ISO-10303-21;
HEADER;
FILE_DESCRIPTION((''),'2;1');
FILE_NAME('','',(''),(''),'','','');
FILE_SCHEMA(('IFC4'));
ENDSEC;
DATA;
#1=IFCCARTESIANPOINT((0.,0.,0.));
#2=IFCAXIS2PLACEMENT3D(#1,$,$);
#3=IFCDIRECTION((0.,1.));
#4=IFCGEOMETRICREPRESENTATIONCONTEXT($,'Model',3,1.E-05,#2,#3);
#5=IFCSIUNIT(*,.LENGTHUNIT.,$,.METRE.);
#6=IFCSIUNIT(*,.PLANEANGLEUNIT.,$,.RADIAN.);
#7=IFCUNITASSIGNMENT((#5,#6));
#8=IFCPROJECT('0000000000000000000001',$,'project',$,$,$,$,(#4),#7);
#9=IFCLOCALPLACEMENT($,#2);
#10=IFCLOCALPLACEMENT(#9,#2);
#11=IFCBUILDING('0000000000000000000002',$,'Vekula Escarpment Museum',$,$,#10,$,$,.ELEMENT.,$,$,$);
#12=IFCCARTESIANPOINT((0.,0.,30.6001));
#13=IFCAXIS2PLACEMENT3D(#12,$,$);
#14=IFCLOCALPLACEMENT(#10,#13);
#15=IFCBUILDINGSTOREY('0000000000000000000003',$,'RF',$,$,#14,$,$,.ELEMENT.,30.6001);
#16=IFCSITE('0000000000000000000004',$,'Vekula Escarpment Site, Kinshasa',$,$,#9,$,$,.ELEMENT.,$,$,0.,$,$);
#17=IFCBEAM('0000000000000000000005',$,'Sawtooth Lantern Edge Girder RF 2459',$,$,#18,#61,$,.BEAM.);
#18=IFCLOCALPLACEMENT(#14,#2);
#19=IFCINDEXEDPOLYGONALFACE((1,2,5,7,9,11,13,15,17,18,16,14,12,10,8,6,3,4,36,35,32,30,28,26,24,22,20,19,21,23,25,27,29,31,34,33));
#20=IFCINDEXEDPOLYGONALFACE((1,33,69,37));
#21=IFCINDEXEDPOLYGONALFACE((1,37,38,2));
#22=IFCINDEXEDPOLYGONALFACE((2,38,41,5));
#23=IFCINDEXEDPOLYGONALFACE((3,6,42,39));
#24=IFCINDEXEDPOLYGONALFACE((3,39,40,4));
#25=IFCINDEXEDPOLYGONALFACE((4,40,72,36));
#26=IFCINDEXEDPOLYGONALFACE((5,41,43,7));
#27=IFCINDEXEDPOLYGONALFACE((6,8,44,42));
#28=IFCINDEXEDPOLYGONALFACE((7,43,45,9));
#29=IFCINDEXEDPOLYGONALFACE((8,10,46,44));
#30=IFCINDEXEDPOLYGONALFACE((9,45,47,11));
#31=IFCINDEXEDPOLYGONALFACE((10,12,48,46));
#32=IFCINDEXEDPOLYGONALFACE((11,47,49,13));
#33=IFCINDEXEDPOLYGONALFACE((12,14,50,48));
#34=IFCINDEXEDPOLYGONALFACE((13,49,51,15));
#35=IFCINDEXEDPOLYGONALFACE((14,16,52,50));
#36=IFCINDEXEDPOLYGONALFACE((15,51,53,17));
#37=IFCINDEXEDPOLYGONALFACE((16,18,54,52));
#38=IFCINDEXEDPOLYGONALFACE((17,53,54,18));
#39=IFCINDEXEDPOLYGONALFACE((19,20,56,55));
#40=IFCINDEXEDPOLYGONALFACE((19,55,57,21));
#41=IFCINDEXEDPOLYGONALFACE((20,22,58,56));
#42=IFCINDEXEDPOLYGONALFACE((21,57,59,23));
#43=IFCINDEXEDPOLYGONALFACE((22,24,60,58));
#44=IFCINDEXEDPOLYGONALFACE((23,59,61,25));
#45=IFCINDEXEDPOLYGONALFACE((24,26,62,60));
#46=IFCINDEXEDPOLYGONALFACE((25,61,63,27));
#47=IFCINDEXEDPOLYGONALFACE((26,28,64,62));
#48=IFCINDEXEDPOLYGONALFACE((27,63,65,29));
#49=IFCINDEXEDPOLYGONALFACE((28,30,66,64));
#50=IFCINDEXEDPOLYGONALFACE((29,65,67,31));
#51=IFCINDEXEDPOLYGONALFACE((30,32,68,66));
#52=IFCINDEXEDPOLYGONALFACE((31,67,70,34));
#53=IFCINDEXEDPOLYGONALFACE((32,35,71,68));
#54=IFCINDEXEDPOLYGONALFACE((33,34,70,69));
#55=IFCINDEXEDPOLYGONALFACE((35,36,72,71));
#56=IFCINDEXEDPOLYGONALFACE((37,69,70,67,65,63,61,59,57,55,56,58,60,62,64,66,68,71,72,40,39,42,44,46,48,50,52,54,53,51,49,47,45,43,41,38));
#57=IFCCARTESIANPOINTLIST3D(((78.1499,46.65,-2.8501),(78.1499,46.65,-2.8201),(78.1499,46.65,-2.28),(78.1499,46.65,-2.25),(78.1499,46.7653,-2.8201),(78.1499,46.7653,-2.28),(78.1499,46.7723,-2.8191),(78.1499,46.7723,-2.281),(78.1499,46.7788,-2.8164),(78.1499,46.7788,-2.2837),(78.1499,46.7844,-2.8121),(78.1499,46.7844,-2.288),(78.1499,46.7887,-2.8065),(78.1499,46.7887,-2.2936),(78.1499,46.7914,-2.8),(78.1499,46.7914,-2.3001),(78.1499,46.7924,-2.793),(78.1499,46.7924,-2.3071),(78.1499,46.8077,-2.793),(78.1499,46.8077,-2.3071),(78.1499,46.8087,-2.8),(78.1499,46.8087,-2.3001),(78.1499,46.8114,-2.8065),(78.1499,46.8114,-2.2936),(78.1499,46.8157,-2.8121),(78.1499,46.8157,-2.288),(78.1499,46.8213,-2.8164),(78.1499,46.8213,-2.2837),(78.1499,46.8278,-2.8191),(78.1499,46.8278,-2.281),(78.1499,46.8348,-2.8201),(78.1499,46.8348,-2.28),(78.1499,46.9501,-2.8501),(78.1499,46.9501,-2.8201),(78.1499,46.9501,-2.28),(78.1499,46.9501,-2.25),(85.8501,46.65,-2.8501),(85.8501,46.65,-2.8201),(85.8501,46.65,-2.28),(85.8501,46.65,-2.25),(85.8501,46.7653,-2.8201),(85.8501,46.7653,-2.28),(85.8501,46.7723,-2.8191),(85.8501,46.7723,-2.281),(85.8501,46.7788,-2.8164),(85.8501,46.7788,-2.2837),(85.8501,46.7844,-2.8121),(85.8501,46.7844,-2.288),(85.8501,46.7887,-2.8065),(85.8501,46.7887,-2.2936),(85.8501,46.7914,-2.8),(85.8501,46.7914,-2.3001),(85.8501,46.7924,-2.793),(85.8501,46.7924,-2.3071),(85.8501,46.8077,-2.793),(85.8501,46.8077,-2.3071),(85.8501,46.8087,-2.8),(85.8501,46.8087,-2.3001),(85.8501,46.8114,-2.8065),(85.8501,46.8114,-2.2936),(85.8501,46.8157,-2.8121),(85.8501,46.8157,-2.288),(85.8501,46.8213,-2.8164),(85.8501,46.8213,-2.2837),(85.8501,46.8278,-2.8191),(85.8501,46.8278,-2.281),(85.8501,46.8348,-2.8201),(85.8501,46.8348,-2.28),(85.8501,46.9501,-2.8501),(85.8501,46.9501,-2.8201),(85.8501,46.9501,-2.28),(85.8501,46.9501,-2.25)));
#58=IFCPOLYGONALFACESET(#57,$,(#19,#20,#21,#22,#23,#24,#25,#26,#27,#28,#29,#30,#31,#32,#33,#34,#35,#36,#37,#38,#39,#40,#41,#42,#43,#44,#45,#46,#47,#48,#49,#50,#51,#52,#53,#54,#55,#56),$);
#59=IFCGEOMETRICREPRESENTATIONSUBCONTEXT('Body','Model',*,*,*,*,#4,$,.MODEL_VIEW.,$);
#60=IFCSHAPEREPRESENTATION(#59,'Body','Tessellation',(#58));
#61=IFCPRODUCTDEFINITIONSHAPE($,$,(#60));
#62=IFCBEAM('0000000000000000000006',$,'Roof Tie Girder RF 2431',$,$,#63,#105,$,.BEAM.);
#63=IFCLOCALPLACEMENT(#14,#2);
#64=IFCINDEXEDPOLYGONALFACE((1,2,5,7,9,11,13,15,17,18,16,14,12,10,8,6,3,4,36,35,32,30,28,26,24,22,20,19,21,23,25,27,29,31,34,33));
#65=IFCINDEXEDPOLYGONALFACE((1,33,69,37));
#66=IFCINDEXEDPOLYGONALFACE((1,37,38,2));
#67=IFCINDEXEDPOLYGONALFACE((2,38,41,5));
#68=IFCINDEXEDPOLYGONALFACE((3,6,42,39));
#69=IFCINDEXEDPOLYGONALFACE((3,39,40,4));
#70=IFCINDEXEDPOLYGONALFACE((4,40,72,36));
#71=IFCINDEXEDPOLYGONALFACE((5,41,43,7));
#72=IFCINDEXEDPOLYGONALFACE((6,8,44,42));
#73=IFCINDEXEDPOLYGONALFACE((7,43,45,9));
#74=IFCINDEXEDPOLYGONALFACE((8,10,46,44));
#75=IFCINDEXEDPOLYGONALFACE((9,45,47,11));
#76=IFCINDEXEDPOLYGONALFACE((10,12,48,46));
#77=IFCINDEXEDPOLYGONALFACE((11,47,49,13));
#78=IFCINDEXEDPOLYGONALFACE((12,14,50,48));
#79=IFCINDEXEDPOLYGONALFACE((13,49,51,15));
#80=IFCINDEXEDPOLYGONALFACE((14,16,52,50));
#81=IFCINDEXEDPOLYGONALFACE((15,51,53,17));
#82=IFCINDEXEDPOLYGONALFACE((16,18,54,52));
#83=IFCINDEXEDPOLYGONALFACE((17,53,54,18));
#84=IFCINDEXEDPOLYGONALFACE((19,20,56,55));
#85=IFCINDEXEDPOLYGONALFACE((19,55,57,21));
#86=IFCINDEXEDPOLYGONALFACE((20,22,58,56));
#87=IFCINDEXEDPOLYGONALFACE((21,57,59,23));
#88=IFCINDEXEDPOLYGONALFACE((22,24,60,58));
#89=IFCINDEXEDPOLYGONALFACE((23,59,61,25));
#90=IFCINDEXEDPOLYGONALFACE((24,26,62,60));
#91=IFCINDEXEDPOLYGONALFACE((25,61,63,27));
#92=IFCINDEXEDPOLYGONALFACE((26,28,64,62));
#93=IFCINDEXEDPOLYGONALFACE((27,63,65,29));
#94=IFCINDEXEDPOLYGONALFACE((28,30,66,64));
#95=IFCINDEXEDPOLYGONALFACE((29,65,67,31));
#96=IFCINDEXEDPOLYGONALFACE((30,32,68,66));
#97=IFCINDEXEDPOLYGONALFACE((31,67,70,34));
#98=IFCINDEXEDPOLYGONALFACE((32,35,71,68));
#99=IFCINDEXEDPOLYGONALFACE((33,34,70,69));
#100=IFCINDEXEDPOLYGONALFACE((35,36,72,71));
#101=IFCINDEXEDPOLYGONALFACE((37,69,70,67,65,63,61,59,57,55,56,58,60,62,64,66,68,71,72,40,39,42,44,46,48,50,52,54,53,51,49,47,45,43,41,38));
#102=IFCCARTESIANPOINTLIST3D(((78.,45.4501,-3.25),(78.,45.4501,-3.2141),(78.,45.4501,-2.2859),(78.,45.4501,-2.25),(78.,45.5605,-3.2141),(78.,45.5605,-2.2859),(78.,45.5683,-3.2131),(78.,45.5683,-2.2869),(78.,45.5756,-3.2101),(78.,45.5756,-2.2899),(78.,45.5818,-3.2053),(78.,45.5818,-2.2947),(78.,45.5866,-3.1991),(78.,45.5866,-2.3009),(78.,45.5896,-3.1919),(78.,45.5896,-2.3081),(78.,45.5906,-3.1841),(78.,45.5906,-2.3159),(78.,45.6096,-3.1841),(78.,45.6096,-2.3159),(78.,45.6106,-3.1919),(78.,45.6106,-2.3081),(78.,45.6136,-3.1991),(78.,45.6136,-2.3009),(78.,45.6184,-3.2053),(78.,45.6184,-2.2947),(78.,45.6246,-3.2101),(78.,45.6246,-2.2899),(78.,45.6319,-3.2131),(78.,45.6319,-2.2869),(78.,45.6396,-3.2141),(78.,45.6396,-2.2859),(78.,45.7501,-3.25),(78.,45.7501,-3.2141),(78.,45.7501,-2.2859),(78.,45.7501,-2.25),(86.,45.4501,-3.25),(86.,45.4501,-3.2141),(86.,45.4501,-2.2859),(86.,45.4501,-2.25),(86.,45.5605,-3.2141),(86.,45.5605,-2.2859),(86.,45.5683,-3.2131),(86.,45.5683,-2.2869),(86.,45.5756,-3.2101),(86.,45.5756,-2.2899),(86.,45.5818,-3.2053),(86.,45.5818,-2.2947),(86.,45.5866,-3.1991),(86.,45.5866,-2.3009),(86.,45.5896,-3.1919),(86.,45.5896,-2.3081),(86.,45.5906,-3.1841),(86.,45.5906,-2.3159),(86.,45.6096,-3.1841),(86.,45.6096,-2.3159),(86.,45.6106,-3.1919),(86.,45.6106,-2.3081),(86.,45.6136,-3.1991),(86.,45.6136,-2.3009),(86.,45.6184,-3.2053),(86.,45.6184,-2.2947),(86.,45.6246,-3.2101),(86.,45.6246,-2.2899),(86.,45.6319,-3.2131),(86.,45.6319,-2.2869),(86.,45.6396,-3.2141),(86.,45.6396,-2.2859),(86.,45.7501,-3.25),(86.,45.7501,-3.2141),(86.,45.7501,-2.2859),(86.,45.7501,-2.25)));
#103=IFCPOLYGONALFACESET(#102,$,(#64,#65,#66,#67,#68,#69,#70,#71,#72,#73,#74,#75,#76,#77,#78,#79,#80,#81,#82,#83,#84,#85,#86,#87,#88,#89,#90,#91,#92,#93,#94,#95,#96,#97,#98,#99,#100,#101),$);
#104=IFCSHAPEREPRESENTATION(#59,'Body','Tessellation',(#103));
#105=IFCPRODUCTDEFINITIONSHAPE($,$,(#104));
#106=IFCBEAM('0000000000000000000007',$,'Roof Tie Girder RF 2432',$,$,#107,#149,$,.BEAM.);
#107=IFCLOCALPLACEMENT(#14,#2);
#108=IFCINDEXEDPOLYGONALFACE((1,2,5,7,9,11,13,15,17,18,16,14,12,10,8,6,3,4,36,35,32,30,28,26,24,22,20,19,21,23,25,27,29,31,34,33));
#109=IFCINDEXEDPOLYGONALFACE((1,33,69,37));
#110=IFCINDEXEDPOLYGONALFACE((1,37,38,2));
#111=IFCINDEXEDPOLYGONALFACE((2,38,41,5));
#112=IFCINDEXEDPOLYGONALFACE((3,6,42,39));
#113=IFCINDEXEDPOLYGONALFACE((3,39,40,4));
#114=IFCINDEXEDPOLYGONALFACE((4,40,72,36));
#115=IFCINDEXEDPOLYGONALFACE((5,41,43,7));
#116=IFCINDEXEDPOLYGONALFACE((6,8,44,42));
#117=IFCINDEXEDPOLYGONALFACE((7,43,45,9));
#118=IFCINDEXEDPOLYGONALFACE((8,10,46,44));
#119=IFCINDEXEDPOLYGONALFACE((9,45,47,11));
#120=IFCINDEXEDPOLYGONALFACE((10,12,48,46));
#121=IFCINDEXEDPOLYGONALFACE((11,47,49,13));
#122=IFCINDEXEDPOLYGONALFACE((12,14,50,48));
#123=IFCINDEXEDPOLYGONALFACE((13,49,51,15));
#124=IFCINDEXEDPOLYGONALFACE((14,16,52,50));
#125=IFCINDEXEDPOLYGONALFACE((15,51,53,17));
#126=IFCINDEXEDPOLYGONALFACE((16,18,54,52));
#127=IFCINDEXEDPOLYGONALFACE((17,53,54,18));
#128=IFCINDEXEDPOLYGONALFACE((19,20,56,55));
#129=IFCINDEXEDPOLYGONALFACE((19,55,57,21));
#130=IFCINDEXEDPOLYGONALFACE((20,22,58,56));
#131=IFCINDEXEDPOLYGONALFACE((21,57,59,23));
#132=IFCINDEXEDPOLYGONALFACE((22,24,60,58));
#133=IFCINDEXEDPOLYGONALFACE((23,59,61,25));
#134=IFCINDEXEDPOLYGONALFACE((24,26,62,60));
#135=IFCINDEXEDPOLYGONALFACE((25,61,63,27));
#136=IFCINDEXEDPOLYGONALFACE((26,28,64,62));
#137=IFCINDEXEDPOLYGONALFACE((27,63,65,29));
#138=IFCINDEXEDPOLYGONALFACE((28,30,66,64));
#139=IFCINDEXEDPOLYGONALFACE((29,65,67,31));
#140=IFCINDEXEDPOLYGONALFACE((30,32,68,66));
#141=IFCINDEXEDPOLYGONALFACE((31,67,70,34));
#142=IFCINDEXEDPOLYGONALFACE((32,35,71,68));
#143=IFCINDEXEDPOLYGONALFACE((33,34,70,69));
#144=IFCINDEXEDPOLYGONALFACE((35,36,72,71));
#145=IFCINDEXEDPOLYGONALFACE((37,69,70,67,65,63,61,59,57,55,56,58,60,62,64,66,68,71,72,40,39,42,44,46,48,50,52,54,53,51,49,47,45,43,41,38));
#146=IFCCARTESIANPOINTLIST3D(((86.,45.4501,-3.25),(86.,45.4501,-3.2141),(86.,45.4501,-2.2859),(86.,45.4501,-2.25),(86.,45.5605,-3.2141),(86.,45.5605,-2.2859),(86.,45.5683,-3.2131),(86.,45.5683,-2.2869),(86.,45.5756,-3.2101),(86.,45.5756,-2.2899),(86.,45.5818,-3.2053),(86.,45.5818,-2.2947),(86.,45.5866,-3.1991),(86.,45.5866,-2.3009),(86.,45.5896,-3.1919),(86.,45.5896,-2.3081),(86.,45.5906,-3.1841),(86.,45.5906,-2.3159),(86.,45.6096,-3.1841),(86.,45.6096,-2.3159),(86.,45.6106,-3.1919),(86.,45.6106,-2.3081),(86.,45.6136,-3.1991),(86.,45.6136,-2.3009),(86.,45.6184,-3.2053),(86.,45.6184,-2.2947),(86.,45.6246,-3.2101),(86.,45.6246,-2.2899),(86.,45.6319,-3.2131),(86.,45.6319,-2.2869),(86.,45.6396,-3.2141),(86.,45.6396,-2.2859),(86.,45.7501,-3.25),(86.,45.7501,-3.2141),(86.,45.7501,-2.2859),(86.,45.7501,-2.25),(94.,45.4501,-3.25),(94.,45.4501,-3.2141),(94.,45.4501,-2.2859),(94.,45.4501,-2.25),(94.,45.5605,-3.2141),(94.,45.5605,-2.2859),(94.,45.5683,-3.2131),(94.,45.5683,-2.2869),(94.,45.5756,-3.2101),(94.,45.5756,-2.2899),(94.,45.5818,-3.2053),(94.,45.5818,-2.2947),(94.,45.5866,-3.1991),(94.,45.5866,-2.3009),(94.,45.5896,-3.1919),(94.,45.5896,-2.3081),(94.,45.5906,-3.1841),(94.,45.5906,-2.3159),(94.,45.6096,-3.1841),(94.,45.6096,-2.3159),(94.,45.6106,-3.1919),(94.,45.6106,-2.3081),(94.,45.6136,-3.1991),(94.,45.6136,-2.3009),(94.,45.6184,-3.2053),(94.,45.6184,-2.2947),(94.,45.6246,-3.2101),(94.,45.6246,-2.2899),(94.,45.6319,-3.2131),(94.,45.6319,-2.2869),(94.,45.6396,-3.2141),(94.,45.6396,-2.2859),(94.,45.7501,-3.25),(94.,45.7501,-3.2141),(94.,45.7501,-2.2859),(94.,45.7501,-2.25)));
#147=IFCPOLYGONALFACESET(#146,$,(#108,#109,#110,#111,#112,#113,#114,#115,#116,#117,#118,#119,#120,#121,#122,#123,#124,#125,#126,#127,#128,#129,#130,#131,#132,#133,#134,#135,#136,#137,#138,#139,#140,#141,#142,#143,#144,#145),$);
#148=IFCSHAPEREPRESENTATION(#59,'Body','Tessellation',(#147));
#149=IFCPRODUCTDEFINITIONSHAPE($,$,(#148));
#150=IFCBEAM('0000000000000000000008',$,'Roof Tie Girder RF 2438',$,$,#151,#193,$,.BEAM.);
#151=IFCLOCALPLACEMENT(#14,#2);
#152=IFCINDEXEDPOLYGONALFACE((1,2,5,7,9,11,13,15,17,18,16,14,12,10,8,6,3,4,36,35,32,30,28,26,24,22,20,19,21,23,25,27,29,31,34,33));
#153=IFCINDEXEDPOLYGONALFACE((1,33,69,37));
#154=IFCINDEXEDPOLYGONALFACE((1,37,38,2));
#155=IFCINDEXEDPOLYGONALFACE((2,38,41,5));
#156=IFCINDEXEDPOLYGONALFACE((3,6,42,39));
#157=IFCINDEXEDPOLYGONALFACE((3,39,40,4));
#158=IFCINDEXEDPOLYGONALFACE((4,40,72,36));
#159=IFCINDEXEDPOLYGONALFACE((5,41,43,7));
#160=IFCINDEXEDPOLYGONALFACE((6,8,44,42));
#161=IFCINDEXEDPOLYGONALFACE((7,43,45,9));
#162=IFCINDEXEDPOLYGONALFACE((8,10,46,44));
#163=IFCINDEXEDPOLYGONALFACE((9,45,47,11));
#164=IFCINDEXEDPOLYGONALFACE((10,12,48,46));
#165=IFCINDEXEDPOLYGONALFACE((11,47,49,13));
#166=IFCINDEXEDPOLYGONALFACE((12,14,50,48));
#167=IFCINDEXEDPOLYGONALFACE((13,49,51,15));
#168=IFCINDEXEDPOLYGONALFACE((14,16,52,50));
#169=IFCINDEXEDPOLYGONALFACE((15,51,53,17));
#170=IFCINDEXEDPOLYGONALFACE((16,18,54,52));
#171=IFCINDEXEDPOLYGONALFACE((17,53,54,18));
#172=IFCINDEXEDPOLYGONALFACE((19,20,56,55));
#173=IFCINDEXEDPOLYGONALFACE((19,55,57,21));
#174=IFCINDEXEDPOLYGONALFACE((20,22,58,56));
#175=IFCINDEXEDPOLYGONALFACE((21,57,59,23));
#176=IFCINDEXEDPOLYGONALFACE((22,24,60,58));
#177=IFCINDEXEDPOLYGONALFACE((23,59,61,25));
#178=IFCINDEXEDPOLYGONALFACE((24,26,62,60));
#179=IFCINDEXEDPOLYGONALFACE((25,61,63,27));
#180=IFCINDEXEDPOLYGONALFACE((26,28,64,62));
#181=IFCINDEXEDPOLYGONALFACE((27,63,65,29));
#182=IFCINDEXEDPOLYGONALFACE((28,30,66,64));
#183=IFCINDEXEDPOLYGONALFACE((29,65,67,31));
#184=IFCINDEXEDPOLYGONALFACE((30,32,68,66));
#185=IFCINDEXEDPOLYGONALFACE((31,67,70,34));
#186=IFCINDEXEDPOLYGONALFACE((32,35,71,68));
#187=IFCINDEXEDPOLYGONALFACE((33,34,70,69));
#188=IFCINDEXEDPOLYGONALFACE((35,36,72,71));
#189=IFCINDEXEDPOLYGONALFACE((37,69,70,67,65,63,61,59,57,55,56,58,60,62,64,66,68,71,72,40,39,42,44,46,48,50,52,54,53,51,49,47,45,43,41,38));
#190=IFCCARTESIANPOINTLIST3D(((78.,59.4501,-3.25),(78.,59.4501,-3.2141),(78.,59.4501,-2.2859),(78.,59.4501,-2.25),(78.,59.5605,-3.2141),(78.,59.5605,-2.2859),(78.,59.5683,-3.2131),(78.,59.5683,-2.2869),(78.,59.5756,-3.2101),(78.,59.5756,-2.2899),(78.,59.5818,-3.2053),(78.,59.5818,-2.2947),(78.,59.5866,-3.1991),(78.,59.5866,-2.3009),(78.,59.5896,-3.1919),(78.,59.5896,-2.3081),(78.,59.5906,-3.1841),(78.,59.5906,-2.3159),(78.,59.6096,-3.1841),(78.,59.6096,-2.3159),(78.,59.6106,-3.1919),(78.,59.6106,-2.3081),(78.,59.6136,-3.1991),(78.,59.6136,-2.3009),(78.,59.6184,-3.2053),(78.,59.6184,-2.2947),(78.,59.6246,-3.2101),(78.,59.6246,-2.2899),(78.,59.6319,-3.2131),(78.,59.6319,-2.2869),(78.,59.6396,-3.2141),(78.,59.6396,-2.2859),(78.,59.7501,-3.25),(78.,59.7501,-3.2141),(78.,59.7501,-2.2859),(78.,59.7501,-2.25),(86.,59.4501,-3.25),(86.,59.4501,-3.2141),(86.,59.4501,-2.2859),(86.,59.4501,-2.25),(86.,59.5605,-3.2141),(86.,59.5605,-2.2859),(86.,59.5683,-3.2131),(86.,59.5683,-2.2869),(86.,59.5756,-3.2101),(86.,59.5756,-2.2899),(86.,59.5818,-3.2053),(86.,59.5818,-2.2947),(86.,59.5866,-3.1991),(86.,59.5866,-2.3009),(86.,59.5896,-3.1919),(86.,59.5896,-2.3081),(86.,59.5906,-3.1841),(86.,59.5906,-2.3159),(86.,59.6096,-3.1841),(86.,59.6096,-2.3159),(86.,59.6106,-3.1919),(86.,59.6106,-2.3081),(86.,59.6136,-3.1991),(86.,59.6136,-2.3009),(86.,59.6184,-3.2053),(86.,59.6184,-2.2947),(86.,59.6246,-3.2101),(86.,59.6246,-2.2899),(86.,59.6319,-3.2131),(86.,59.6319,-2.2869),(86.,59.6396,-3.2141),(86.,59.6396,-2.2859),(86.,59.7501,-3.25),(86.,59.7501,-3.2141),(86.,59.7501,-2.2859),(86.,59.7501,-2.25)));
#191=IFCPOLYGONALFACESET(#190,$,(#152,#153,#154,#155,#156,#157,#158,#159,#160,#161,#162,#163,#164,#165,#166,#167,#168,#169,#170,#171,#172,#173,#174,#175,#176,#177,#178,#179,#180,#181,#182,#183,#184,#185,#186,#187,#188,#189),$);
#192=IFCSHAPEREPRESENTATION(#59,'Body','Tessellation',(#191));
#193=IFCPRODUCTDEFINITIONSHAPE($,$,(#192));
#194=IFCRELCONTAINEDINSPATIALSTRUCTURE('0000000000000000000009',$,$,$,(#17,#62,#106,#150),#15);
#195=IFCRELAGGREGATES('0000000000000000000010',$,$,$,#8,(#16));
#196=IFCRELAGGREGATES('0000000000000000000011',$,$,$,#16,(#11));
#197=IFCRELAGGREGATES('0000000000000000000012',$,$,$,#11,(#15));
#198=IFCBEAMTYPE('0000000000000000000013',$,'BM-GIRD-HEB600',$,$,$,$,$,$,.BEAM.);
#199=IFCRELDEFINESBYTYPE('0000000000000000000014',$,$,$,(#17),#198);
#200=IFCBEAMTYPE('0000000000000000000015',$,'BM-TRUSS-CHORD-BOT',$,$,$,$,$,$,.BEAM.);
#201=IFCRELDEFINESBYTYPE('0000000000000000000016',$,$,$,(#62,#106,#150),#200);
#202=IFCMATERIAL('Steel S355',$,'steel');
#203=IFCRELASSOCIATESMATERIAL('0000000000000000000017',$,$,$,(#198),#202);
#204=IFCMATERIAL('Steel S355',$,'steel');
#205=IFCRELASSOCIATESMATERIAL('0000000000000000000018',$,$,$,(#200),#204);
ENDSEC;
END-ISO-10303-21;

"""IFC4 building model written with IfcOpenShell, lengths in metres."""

from ifc_helpers import new_model, si_unit, direction, frame, origin, origin_2d, place, context, subcontext, project, spatial, i_section, extrude, material, material_profile, profile_set, type_object, element, save


model = new_model("IFC4")

# Units and contexts
model_context = context("Model", 3, precision=1e-05, world=origin(), true_north=direction((0.0, 1.0)))
body_context = subcontext(model_context, "Body", "Model", "MODEL_VIEW")
ifc_project = project(units=[si_unit("LENGTHUNIT", "METRE"), si_unit("PLANEANGLEUNIT", "RADIAN")], contexts=[model_context])

# Site, building, storey
site_placement = place(None, origin())
site = spatial("IfcSite", under=ifc_project, at=site_placement, Name="Vekula Escarpment Site, Kinshasa", CompositionType="ELEMENT", RefElevation=0.0)
building_placement = place(site_placement, origin())
building = spatial("IfcBuilding", under=site, at=building_placement, Name="Vekula Escarpment Museum", CompositionType="ELEMENT")
storey_placement = place(building_placement, frame((0.0, 0.0, 30.6001)))
storey = spatial("IfcBuildingStorey", under=building, at=storey_placement, Name="RF", CompositionType="ELEMENT", Elevation=30.6001)

# Beams
ifc_material_1 = material(Name="Steel S355", Category="steel")
ifc_material_profile_1 = material_profile(ifc_material_1, i_section(OverallWidth=0.3, OverallDepth=0.6001, WebThickness=0.0154, FlangeThickness=0.03, FilletRadius=0.0271, at=origin_2d()), Name="HEB 600")
ifc_profile_set_1 = profile_set([ifc_material_profile_1], Name="Steel S355")
beam_type_1 = type_object("IfcBeamType", Name="BM-GIRD-HEB600", PredefinedType="BEAM", material=ifc_profile_set_1)
beam_1_placement = place(storey_placement, frame((78.1499, 46.8, -2.55), z_axis=(1.0, 0.0, 0.0), x_axis=(0.0, 1.0, 0.0)))
element("IfcBeam", 1, at=beam_1_placement, inside=storey, type_object=beam_type_1, Name="Sawtooth Lantern Edge Girder RF 2459", PredefinedType="BEAM", context=body_context, shape_type="SweptSolid", body=[
    extrude(i_section(OverallWidth=0.3, OverallDepth=0.6001, WebThickness=0.0154, FlangeThickness=0.03, FilletRadius=0.0271, at=origin_2d()), origin(), (0.0, 0.0, 1.0), 7.7002),
])
ifc_material_2 = material(Name="Steel S355", Category="steel")
ifc_material_profile_2 = material_profile(ifc_material_2, i_section(OverallWidth=0.3, OverallDepth=1.0, WebThickness=0.019, FlangeThickness=0.0359, FilletRadius=0.03, at=origin_2d()), Name="HEB 1000")
ifc_profile_set_2 = profile_set([ifc_material_profile_2], Name="Steel S355")
beam_type_2 = type_object("IfcBeamType", Name="BM-TRUSS-CHORD-BOT", PredefinedType="BEAM", material=ifc_profile_set_2)
for number, where, z_axis, x_axis, name in (
    (2, (78.0, 45.6001, -2.75), (1.0, 0.0, 0.0), (0.0, 1.0, 0.0), "Roof Tie Girder RF 2431"),
    (3, (86.0, 45.6001, -2.75), (1.0, 0.0, 0.0), (0.0, 1.0, 0.0), "Roof Tie Girder RF 2432"),
    (4, (78.0, 59.6001, -2.75), (1.0, 0.0, 0.0), (0.0, 1.0, 0.0), "Roof Tie Girder RF 2438"),
):
    element("IfcBeam", number, at=place(storey_placement, frame(where, z_axis=z_axis, x_axis=x_axis)), inside=storey, type_object=beam_type_2, Name=name, PredefinedType="BEAM", context=body_context, shape_type="SweptSolid", body=[
        extrude(i_section(OverallWidth=0.3, OverallDepth=1.0, WebThickness=0.019, FlangeThickness=0.0359, FilletRadius=0.03, at=origin_2d()), origin(), (0.0, 0.0, 1.0), 8.0),
    ])

save(model, "model.ifc")
